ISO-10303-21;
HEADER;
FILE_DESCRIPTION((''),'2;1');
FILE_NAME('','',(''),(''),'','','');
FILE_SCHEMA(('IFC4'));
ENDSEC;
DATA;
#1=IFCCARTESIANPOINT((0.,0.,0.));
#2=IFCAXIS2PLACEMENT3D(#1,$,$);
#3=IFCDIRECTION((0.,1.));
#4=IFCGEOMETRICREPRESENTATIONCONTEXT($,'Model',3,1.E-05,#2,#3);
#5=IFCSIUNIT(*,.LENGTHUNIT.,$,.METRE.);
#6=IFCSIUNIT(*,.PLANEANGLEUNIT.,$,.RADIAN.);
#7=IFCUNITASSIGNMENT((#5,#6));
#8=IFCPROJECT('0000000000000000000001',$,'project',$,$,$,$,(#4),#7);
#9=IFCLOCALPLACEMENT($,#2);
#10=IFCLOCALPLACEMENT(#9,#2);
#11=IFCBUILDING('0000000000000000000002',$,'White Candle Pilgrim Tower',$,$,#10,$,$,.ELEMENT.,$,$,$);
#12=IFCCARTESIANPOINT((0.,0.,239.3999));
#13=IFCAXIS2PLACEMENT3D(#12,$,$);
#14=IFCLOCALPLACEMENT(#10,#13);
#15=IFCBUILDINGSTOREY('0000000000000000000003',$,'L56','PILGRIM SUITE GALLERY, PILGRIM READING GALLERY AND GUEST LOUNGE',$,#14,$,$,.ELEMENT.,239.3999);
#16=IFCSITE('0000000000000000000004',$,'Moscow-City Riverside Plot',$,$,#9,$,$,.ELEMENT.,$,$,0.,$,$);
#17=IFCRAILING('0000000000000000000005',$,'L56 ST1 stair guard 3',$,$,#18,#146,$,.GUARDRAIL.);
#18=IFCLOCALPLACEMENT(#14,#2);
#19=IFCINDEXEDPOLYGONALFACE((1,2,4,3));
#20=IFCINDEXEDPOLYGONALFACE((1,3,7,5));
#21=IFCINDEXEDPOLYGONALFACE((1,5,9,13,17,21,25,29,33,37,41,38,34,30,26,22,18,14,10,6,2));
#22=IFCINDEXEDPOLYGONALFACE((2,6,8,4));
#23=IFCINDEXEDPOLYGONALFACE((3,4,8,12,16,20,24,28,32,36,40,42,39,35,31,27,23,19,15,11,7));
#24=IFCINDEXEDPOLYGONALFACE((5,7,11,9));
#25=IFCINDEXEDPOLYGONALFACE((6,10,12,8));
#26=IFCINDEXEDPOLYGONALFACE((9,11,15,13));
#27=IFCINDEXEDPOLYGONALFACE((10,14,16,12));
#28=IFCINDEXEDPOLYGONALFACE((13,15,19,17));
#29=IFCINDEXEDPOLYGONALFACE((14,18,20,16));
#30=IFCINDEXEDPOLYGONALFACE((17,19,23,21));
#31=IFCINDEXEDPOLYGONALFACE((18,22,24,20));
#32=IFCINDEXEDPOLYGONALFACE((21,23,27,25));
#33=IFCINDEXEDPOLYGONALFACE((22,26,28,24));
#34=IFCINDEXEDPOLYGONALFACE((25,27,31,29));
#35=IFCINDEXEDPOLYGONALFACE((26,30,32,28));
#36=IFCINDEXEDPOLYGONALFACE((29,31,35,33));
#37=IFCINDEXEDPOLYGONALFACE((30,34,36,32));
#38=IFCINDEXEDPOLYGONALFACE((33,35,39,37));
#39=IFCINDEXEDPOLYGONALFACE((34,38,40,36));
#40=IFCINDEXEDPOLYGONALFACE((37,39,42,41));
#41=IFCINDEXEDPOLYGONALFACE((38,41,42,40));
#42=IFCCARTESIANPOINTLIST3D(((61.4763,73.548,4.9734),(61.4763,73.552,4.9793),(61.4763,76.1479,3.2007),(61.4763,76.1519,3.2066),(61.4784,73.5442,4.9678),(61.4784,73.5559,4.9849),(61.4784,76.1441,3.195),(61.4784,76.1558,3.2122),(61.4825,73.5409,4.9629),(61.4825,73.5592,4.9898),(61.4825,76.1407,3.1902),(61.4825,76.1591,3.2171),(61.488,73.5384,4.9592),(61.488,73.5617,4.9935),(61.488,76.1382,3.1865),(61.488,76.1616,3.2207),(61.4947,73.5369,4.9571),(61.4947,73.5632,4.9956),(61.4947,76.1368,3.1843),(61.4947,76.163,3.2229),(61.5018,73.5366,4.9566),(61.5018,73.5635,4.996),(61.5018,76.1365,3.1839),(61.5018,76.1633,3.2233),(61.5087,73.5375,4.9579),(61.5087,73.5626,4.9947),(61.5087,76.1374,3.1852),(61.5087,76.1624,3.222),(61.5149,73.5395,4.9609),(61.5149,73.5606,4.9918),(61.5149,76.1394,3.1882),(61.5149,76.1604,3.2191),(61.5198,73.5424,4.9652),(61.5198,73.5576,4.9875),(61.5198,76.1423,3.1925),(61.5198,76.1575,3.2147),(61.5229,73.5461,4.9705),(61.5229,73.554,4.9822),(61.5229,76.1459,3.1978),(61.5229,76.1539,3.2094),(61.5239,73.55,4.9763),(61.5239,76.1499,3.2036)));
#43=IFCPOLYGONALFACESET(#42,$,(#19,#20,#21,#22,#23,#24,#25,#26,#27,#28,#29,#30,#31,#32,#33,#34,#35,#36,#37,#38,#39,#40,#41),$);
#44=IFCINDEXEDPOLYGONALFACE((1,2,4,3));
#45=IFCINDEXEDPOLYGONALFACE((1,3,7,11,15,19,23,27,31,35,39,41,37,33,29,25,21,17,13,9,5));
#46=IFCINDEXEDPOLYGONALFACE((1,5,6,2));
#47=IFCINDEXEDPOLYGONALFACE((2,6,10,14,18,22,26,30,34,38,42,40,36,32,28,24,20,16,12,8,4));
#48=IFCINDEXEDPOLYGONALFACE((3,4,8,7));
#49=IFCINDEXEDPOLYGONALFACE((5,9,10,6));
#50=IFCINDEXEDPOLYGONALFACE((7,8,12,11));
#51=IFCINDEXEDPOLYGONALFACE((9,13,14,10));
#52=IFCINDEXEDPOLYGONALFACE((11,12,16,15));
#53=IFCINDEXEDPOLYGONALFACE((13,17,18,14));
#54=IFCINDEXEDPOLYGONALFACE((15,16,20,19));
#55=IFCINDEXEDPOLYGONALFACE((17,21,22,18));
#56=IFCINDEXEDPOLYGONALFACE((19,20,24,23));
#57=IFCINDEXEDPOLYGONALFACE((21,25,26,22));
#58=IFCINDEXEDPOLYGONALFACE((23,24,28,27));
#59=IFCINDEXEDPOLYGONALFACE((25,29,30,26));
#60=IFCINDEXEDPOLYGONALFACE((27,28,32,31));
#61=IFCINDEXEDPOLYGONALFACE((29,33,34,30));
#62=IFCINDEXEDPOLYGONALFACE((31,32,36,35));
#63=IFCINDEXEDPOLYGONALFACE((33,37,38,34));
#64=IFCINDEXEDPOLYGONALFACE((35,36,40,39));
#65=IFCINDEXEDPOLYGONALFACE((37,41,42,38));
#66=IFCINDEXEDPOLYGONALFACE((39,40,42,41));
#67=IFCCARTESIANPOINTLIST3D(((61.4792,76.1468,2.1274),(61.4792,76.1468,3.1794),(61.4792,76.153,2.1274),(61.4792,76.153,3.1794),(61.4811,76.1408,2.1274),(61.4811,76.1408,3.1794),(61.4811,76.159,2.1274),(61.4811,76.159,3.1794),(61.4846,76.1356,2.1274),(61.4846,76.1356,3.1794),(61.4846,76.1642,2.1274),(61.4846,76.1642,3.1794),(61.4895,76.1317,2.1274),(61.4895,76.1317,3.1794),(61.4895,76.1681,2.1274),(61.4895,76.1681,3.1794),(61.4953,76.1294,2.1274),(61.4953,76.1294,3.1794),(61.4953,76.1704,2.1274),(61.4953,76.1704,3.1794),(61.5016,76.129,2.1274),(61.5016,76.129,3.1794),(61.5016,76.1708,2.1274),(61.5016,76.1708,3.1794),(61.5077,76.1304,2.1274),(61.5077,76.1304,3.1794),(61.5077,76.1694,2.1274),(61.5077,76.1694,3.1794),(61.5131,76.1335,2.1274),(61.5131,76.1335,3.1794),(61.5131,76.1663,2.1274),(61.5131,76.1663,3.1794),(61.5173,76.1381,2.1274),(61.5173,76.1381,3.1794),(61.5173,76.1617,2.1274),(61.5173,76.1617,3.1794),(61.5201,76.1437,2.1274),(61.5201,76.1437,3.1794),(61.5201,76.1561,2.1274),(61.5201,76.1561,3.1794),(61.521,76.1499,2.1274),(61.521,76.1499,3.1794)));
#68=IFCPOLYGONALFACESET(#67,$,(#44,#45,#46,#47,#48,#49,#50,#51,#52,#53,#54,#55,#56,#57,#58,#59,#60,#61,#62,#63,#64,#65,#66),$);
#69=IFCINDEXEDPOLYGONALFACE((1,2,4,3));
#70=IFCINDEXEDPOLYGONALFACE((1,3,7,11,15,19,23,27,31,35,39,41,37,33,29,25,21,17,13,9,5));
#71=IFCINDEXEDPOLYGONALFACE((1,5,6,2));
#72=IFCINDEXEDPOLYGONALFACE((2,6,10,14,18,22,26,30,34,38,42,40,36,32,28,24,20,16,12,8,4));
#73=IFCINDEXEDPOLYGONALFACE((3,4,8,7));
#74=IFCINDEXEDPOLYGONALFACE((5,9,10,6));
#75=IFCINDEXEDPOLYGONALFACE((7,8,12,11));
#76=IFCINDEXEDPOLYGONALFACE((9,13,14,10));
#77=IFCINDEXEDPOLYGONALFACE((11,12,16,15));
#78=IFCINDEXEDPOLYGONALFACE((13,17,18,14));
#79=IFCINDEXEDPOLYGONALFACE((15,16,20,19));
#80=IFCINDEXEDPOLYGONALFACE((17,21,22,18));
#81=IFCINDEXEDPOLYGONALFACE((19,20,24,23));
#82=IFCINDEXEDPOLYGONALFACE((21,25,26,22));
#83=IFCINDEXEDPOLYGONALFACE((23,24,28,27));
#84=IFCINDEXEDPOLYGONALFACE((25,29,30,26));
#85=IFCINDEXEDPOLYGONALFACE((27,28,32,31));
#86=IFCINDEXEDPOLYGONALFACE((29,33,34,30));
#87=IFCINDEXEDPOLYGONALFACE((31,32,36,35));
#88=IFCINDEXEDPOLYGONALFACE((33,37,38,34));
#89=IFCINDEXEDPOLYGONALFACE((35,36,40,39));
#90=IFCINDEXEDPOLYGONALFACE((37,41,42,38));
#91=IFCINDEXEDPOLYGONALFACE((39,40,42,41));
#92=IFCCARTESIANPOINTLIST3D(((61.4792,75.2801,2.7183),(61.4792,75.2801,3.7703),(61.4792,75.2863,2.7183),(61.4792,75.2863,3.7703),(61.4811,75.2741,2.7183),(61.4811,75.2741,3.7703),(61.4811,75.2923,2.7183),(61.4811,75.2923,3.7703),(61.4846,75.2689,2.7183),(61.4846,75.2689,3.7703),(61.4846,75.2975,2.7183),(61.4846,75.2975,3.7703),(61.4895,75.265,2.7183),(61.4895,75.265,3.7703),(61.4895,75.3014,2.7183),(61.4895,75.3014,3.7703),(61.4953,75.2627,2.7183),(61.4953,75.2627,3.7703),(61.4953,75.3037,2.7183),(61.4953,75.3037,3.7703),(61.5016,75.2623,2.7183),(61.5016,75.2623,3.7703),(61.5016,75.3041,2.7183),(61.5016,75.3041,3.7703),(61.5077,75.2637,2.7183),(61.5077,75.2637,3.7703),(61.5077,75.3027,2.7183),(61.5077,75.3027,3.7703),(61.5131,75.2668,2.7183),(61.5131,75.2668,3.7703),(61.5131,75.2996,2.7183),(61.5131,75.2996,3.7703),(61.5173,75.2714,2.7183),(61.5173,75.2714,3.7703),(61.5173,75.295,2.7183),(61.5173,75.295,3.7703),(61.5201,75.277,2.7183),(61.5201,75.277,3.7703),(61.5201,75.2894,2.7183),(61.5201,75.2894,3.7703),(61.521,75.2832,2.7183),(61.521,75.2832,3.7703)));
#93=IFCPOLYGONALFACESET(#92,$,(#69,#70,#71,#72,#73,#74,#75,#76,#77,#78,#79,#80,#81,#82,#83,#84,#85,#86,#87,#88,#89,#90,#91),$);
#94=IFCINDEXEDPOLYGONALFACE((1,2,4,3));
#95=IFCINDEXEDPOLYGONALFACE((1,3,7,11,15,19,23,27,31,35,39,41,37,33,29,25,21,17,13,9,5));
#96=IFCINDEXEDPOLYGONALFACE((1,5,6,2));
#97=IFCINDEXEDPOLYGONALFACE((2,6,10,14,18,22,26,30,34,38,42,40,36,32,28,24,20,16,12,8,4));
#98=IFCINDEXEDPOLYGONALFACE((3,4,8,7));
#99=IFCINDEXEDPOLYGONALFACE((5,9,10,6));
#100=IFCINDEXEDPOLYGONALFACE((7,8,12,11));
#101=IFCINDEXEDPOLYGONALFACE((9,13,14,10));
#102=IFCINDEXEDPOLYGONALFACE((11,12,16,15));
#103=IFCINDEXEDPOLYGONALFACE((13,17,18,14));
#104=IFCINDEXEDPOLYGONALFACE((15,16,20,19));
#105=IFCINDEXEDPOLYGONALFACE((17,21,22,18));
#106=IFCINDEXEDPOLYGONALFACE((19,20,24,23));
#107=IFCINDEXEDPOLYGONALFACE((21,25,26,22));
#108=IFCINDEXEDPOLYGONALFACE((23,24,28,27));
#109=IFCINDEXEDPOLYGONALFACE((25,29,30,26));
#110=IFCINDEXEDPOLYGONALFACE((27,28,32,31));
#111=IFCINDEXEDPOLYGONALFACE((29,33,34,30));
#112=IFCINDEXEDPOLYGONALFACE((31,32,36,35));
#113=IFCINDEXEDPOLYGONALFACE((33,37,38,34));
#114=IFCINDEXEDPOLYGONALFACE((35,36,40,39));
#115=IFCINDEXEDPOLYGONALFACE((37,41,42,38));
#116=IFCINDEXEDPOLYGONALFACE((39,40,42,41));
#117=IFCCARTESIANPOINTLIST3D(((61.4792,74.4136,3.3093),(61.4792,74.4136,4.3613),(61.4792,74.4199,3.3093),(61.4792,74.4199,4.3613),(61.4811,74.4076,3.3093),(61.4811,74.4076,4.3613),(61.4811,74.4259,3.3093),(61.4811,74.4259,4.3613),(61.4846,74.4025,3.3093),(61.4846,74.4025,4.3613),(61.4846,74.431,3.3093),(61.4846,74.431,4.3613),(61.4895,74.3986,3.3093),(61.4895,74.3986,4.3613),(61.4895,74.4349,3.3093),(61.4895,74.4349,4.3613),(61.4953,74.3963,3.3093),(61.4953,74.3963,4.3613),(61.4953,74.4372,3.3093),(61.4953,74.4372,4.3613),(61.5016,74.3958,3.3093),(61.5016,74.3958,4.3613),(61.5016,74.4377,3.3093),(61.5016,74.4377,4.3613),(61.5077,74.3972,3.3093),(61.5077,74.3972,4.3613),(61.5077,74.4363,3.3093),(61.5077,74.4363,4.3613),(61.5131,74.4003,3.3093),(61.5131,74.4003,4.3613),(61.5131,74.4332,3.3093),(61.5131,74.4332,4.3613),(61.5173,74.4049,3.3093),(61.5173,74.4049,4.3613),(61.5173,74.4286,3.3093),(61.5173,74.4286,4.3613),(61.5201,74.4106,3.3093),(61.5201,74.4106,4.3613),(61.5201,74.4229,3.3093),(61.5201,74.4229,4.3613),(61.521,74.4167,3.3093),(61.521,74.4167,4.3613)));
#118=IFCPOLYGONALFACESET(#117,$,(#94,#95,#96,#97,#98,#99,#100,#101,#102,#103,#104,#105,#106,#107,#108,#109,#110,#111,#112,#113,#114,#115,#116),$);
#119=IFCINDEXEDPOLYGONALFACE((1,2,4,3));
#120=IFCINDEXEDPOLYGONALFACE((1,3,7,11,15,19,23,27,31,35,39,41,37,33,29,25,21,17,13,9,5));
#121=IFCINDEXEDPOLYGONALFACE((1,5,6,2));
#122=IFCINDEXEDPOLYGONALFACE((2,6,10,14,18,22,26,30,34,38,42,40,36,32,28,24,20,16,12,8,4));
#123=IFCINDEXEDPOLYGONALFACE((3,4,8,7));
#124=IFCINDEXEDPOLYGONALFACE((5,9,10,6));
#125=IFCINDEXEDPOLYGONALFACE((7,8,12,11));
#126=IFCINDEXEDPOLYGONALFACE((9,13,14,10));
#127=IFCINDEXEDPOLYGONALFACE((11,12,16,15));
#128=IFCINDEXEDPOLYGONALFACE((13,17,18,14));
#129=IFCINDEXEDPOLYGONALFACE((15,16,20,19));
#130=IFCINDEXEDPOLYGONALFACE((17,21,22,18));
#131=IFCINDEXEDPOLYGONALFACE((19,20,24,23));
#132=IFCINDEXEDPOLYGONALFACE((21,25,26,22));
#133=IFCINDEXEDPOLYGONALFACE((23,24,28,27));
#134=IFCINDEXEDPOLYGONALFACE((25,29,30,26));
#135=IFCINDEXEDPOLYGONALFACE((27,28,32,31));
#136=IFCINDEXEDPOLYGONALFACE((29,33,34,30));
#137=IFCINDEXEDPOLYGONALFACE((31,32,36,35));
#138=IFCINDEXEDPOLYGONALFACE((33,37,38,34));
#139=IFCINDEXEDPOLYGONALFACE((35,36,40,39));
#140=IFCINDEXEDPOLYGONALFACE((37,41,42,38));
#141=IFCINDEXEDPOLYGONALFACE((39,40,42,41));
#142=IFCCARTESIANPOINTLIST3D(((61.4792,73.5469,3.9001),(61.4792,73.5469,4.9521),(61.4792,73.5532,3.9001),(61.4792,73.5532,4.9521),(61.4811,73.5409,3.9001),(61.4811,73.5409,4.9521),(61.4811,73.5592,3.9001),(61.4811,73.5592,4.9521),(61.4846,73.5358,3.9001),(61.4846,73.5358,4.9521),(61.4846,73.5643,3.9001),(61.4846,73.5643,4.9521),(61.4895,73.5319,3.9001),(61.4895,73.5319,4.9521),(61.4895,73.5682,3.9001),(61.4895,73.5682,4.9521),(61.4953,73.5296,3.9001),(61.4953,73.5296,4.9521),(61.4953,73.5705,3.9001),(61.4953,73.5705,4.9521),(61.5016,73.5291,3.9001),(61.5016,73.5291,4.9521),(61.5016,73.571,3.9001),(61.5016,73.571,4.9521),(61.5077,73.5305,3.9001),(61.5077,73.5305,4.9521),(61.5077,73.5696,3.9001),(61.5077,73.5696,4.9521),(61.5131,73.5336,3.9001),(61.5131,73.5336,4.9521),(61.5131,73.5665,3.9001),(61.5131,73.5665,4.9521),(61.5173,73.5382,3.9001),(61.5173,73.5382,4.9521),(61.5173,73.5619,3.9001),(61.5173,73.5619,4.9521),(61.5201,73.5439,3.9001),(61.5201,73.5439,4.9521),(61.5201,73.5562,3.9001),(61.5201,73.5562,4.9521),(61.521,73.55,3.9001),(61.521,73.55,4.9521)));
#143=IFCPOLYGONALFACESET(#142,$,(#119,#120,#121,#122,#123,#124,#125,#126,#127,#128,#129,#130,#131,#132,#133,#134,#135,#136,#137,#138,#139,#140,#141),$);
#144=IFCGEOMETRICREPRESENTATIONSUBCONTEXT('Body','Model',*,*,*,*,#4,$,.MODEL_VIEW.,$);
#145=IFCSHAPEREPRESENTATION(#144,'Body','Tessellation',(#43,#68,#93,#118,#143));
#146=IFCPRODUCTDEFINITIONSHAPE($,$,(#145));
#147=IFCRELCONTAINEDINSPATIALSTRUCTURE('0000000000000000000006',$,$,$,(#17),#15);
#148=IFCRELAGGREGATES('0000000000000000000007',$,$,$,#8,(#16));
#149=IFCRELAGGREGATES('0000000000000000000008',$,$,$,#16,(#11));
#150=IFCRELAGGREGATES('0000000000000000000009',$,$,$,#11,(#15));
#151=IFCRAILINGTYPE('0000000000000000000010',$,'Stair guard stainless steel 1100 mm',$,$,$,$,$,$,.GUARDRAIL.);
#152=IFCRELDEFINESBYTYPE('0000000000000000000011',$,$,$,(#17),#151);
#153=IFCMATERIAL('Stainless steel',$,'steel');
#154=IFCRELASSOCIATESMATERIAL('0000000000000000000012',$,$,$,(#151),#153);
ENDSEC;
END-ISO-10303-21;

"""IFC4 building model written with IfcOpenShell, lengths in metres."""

from ifc_helpers import new_model, si_unit, direction, frame, origin, origin_2d, place, context, subcontext, project, spatial, circle, extrude, material, type_object, element, save


model = new_model("IFC4")

# Units and contexts
model_context = context("Model", 3, precision=1e-05, world=origin(), true_north=direction((0.0, 1.0)))
body_context = subcontext(model_context, "Body", "Model", "MODEL_VIEW")
ifc_project = project(units=[si_unit("LENGTHUNIT", "METRE"), si_unit("PLANEANGLEUNIT", "RADIAN")], contexts=[model_context])

# Site, building, storey
site_placement = place(None, origin())
site = spatial("IfcSite", under=ifc_project, at=site_placement, Name="Moscow-City Riverside Plot", CompositionType="ELEMENT", RefElevation=0.0)
building_placement = place(site_placement, origin())
building = spatial("IfcBuilding", under=site, at=building_placement, Name="White Candle Pilgrim Tower", CompositionType="ELEMENT")
storey_placement = place(building_placement, frame((0.0, 0.0, 239.3999)))
storey = spatial("IfcBuildingStorey", under=building, at=storey_placement, Name="L56", Description="PILGRIM SUITE GALLERY, PILGRIM READING GALLERY AND GUEST LOUNGE", CompositionType="ELEMENT", Elevation=239.3999)

# Shared definitions
ifc_material_1 = material(Name="Stainless steel", Category="steel")

# Railing
railing_type_1 = type_object("IfcRailingType", Name="Stair guard stainless steel 1100 mm", PredefinedType="GUARDRAIL", material=ifc_material_1)
railing_1_placement = place(storey_placement, frame((61.5, 76.1499, 2.1274)))
element("IfcRailing", 1, at=railing_1_placement, inside=storey, type_object=railing_type_1, Name="L56 ST1 stair guard 3", PredefinedType="GUARDRAIL", context=body_context, shape_type="SweptSolid", body=[
    extrude(circle(Radius=0.0239, at=origin_2d()), frame((0.0, 0.0, 1.0762), z_axis=(0.0, -0.826216, 0.563354), x_axis=(1.0, 0.0, 0.0)), (0.0, 0.0, 1.0), 3.1467),
    extrude(circle(Radius=0.021, at=origin_2d()), origin(), (0.0, 0.0, 1.0), 1.052),
    extrude(circle(Radius=0.021, at=origin_2d()), frame((0.0, -0.8667, 0.5908)), (0.0, 0.0, 1.0), 1.052),
    extrude(circle(Radius=0.021, at=origin_2d()), frame((0.0, -1.7332, 1.1819)), (0.0, 0.0, 1.0), 1.052),
    extrude(circle(Radius=0.021, at=origin_2d()), frame((0.0, -2.5999, 1.7727)), (0.0, 0.0, 1.0), 1.052),
])

save(model, "model.ifc")
